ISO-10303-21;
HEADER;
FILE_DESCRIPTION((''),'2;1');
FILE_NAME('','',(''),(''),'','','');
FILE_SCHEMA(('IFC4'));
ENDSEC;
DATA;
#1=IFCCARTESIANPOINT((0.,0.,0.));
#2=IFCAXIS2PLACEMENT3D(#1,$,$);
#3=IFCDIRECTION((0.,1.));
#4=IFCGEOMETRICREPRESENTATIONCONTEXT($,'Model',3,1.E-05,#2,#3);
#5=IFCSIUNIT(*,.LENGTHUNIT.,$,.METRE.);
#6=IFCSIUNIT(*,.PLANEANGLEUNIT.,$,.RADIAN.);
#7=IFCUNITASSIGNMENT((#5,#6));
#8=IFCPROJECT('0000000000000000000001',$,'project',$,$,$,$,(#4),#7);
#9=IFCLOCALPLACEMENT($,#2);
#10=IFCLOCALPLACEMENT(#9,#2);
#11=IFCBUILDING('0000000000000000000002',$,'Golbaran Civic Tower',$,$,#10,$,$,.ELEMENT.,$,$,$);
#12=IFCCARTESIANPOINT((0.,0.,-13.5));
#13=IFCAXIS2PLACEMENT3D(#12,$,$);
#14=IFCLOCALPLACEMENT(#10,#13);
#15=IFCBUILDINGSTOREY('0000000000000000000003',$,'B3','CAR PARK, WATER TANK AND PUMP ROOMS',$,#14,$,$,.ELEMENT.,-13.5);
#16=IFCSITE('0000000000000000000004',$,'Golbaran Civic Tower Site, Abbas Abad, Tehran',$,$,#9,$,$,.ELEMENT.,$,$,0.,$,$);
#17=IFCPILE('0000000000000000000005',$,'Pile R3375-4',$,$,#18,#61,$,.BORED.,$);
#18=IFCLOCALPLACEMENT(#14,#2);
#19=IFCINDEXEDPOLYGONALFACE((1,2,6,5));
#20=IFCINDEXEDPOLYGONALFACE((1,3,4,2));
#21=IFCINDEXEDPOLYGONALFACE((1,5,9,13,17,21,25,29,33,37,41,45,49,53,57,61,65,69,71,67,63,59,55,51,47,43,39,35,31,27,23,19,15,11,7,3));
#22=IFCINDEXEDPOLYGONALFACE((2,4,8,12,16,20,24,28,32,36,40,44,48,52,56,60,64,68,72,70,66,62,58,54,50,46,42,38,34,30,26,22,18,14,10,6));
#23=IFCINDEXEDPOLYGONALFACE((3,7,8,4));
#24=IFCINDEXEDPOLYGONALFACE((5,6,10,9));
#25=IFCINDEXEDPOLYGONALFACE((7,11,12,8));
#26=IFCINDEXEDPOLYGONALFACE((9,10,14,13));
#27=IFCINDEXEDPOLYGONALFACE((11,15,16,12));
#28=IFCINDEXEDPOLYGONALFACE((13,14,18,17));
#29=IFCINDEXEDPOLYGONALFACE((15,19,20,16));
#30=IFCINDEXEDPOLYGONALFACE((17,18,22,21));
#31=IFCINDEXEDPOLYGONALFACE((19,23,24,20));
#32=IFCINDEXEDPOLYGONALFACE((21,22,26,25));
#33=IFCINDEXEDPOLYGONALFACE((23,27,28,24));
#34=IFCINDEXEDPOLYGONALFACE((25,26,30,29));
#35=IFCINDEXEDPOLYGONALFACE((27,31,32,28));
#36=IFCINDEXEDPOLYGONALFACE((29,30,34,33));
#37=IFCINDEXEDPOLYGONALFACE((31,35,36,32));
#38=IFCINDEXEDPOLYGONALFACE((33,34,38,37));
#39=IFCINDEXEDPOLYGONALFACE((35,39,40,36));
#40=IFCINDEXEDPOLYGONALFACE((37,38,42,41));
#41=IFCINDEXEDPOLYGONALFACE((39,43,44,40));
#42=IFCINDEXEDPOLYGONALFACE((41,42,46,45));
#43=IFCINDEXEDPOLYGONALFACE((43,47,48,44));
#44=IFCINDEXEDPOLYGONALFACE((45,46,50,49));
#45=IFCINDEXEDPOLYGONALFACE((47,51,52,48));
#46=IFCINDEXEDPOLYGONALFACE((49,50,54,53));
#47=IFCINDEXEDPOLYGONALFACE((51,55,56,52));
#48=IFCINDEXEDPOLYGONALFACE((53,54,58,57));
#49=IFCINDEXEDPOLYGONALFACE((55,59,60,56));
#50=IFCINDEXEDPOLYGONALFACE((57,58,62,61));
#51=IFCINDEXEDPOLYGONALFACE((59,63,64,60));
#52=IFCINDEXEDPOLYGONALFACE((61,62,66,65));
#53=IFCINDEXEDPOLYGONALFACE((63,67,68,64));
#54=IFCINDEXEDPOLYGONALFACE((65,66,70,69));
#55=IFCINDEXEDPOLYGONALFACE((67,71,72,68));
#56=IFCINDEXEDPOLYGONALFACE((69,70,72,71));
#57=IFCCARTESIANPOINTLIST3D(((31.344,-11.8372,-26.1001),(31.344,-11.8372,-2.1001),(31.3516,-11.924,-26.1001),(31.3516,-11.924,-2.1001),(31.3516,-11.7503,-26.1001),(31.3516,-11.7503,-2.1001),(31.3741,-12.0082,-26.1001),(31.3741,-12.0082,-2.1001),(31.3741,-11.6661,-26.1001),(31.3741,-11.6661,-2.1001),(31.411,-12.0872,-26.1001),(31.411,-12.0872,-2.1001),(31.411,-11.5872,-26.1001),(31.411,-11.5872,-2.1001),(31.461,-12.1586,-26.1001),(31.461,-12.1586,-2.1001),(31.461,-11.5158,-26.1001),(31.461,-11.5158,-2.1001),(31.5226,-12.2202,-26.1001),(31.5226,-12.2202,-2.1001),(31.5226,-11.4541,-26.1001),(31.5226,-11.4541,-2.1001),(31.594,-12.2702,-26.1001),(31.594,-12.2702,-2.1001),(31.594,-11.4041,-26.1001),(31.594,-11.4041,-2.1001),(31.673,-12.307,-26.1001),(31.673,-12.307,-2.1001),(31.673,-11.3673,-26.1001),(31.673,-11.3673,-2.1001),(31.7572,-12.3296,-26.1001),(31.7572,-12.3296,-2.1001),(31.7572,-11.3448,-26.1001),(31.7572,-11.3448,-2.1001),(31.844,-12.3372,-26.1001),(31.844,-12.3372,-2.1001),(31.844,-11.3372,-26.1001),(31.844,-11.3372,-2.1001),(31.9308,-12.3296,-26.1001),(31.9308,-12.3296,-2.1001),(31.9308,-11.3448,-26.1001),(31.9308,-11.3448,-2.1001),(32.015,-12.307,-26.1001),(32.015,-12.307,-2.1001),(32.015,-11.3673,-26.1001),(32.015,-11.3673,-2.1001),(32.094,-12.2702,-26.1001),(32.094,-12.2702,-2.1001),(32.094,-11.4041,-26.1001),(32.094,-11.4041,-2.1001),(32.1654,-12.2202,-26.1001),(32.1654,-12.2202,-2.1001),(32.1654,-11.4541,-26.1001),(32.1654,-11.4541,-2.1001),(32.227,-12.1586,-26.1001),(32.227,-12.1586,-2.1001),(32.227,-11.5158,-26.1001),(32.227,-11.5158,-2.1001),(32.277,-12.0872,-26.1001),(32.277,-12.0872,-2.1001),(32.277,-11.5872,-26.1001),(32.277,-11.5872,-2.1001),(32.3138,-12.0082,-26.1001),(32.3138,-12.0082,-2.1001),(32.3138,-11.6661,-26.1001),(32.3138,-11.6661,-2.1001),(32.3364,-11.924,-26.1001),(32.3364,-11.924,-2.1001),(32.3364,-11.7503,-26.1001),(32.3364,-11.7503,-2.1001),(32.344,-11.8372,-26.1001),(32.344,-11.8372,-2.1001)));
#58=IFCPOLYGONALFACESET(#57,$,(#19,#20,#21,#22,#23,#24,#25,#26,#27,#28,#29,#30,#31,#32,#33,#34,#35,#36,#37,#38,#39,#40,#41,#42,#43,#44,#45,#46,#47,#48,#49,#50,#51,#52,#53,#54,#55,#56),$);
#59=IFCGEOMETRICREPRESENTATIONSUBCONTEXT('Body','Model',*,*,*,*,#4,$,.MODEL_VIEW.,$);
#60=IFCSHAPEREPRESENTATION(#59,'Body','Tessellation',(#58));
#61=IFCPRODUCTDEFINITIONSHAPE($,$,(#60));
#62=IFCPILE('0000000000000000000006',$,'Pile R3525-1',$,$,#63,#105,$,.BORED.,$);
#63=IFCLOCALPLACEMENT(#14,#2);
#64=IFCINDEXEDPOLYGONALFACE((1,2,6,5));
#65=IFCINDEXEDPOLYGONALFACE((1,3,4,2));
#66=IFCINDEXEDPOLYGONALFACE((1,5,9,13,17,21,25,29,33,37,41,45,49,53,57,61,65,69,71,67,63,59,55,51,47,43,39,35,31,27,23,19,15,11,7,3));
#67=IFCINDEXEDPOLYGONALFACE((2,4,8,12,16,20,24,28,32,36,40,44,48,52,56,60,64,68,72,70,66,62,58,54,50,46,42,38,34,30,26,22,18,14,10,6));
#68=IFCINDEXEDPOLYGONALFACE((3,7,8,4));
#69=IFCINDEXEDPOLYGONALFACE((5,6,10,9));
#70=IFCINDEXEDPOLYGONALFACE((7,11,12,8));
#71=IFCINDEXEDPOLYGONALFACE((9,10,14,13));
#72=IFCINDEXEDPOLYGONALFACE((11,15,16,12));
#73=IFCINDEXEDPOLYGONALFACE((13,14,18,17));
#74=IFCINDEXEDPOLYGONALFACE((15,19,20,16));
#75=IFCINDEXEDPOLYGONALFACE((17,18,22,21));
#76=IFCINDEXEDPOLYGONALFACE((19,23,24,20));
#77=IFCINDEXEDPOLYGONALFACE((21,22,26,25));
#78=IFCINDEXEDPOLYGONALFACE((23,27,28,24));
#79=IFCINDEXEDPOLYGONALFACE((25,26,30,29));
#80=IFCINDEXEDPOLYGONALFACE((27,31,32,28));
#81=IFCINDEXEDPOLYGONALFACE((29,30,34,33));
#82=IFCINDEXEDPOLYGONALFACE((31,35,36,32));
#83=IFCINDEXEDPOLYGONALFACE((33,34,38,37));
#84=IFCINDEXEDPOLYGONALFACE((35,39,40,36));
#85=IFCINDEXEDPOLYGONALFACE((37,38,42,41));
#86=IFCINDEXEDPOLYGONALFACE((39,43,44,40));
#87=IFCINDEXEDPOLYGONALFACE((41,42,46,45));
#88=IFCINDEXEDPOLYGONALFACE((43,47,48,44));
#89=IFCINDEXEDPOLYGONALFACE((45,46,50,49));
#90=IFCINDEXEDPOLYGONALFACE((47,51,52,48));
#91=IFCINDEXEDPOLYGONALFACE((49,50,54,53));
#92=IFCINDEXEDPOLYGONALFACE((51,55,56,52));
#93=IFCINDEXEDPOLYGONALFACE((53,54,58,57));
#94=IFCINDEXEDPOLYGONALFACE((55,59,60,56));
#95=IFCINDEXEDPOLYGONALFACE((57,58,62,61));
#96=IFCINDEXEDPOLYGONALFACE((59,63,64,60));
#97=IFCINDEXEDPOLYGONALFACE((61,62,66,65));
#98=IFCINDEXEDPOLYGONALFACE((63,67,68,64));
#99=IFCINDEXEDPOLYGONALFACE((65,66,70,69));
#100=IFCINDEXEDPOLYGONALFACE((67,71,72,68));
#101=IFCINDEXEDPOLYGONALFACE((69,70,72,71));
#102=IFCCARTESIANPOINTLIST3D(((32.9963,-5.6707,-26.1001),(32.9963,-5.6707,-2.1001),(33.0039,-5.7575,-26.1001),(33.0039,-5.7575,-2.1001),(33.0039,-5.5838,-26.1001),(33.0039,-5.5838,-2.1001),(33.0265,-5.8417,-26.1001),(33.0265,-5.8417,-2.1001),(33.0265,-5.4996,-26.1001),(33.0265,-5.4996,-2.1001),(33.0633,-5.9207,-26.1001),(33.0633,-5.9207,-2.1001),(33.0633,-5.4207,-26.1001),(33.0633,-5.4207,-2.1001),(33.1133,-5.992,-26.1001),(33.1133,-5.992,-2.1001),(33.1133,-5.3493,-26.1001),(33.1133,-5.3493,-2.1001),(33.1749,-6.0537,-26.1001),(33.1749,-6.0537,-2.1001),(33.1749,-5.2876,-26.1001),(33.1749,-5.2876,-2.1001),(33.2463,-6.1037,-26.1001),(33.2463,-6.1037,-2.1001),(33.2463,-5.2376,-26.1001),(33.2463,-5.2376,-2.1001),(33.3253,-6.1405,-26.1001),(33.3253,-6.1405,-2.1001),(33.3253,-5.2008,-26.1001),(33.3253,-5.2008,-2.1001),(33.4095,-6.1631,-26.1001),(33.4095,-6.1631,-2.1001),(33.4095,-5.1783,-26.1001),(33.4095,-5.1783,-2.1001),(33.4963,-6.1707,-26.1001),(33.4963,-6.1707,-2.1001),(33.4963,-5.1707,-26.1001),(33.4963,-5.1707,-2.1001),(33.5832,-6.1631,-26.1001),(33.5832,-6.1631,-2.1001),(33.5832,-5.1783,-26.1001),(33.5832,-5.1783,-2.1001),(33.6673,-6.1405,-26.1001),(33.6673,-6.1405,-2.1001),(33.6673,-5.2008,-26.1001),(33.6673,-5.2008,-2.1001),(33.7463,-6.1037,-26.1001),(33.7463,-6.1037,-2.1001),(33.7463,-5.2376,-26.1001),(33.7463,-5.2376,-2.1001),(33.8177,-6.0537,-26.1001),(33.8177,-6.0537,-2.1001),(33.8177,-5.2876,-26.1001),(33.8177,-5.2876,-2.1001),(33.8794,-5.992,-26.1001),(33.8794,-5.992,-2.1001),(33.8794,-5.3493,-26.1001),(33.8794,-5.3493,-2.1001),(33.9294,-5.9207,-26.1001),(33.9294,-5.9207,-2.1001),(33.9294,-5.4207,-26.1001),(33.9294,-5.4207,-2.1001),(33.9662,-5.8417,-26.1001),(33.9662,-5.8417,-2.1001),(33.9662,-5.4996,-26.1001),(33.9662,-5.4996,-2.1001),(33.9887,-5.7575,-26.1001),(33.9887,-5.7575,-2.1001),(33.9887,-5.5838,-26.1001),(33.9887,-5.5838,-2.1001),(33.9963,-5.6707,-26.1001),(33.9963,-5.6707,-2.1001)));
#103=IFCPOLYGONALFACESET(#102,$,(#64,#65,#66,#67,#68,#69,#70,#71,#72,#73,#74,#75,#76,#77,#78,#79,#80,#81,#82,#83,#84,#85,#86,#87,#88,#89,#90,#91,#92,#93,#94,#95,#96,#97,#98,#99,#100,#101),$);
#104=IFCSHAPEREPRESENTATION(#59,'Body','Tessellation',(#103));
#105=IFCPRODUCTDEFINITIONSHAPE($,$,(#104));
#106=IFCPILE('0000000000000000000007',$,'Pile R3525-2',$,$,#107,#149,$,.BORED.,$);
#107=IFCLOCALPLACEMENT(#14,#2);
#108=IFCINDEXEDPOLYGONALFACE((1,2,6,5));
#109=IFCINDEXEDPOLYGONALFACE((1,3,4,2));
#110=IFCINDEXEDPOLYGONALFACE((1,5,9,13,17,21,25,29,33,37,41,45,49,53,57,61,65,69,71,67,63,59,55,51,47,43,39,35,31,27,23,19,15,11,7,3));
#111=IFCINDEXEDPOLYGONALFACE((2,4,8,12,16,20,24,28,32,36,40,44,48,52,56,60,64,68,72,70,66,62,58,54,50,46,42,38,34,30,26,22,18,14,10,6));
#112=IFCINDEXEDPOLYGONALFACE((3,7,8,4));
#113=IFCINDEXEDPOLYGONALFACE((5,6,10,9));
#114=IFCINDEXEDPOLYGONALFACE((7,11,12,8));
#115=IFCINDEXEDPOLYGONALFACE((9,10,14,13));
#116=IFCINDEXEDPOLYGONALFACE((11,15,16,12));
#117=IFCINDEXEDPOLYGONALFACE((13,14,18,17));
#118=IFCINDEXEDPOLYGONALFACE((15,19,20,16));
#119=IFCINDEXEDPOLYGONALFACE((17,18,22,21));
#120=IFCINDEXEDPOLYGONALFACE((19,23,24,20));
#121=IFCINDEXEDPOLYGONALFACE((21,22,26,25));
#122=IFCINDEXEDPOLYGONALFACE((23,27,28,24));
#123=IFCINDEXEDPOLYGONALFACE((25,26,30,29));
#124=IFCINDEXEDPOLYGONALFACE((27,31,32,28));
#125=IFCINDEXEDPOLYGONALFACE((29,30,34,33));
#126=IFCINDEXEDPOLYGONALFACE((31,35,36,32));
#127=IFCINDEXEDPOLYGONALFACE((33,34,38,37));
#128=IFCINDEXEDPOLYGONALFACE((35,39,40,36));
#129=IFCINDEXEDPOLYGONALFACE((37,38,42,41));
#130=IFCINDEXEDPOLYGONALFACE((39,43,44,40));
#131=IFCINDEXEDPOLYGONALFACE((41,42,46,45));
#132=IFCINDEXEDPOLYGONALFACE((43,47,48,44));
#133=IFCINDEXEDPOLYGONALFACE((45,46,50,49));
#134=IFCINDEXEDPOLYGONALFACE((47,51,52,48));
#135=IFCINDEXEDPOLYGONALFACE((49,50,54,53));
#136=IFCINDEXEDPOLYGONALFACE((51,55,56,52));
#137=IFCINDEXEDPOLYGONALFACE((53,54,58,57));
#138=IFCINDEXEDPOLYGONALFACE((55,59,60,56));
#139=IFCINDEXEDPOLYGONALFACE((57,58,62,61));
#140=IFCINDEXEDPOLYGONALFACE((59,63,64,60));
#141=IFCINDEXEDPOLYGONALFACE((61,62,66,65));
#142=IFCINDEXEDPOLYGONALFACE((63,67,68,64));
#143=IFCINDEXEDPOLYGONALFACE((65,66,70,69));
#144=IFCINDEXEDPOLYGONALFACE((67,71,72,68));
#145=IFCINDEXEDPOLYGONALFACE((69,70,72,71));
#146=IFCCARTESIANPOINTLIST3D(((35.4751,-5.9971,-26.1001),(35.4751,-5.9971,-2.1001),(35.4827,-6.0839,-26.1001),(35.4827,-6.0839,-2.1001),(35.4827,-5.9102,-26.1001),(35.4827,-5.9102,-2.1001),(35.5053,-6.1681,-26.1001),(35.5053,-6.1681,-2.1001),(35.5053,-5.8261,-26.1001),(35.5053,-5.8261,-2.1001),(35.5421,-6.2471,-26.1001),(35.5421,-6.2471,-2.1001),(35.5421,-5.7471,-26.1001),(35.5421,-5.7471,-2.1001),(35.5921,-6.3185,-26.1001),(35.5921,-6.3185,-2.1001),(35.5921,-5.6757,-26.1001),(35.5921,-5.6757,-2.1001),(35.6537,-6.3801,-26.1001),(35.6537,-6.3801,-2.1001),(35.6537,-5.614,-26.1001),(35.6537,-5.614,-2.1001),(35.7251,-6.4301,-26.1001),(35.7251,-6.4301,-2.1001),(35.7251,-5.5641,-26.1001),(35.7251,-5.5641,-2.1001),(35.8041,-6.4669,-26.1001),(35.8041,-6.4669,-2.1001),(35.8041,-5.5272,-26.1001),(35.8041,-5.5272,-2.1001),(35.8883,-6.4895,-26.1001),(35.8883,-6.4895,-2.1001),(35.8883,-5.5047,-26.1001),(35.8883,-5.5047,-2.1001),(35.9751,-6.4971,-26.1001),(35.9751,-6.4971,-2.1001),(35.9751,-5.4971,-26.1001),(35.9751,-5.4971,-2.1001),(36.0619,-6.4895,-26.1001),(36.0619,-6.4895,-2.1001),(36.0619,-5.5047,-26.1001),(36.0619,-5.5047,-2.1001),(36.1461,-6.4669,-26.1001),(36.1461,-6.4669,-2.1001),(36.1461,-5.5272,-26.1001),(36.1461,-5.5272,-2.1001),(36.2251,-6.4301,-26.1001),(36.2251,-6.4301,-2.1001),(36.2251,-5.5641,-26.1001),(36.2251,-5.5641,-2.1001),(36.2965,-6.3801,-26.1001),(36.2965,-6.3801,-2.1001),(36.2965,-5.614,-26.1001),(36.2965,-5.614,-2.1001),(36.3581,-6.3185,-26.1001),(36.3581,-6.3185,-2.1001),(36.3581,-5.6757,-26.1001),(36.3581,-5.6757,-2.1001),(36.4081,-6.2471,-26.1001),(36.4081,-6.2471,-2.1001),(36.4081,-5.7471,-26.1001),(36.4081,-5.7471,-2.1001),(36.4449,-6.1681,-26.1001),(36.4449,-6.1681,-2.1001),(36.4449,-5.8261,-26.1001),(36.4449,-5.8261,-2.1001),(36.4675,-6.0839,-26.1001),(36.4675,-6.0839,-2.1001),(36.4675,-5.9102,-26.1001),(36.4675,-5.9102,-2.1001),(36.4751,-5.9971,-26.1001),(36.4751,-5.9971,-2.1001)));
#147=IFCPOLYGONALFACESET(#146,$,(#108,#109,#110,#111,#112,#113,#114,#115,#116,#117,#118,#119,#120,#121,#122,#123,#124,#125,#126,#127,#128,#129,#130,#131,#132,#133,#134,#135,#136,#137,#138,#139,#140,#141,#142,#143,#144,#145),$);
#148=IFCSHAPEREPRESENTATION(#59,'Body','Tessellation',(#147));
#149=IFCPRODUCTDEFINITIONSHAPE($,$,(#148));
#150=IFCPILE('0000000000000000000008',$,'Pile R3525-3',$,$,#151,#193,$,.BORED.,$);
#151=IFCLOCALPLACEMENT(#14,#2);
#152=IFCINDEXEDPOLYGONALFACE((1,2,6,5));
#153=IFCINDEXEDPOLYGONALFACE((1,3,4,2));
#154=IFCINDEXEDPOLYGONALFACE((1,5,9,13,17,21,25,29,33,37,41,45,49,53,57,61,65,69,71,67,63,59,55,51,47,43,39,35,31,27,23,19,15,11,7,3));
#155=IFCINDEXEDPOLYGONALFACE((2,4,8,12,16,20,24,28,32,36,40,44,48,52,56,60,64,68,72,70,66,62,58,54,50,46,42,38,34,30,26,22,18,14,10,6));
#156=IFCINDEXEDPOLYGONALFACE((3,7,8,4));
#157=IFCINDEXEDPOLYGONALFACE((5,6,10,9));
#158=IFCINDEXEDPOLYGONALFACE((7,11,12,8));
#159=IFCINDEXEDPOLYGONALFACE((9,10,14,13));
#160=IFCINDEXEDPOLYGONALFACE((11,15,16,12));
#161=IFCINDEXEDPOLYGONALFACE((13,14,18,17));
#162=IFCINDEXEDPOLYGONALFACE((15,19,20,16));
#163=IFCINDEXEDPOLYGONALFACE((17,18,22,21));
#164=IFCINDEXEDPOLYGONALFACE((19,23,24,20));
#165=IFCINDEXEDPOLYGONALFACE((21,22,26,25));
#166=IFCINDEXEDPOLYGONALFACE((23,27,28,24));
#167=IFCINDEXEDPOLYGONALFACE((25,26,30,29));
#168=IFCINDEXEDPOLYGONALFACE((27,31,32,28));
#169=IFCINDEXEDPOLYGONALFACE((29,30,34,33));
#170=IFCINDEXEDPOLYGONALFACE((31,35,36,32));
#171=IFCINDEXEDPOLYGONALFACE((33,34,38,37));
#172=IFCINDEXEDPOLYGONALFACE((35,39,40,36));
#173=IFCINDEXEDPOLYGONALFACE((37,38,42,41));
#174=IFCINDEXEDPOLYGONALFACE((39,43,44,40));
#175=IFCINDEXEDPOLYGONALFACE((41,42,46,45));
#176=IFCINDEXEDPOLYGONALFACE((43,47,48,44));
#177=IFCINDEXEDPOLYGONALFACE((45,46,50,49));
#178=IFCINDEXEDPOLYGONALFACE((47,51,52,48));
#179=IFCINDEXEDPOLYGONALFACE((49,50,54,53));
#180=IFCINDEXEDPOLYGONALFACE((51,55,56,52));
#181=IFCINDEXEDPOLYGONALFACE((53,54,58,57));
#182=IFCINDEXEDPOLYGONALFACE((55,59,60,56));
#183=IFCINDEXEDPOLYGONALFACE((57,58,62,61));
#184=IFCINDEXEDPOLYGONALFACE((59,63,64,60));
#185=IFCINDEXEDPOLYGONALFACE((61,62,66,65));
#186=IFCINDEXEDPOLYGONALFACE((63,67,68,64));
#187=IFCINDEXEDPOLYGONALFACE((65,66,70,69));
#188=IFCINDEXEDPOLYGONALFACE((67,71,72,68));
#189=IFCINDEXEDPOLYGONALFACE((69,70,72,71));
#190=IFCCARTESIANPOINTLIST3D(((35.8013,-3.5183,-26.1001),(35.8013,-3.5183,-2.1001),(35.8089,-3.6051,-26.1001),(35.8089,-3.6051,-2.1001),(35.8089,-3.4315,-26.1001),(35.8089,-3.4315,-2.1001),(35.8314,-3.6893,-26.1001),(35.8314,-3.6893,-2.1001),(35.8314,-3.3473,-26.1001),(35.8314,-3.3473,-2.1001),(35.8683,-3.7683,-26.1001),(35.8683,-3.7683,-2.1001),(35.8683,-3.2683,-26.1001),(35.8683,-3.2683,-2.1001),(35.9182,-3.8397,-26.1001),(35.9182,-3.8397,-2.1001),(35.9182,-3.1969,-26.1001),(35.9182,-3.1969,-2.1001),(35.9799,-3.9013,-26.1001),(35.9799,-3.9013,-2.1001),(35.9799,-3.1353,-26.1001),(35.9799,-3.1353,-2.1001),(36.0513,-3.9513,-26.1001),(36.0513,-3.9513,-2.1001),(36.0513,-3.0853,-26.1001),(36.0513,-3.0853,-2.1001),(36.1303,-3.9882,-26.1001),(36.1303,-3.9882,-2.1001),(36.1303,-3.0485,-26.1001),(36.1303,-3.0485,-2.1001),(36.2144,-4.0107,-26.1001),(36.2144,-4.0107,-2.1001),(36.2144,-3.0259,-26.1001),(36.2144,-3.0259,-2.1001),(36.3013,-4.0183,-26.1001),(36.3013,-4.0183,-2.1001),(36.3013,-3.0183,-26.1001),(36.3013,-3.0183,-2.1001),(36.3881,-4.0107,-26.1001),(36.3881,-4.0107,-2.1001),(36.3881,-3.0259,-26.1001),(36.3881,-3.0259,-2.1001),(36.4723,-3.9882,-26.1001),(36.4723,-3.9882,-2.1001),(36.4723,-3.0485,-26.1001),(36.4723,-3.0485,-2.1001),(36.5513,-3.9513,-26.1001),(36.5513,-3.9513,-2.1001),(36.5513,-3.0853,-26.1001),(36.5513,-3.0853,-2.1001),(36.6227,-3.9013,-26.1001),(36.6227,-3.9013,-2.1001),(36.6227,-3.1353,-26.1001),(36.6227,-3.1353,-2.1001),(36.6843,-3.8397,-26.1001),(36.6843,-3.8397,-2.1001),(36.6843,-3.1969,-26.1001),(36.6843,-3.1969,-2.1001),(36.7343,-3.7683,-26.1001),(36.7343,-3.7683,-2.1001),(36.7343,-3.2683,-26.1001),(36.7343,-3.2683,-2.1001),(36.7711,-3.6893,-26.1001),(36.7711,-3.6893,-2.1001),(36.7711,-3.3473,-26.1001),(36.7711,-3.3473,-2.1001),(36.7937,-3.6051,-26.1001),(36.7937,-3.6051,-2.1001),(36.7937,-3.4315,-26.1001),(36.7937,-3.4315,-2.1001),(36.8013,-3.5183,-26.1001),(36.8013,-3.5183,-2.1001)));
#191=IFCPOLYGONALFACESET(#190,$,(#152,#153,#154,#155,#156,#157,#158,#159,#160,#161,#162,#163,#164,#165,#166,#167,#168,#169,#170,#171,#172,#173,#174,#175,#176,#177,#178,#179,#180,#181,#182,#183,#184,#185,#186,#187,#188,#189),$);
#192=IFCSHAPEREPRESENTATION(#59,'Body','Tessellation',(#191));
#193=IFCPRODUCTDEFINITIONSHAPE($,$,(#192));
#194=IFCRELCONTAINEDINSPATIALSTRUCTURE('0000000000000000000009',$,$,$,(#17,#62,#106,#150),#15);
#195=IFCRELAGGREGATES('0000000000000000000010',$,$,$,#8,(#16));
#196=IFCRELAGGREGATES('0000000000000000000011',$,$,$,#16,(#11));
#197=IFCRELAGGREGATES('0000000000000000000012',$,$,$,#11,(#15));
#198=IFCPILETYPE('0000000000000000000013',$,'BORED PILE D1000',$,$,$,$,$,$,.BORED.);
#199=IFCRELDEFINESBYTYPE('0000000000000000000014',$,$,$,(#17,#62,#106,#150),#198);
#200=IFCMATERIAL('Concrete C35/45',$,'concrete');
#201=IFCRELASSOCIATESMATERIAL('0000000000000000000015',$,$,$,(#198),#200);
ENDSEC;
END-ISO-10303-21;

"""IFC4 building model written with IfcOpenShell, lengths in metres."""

from ifc_helpers import new_model, si_unit, direction, frame, origin, origin_2d, place, context, subcontext, project, spatial, circle, extrude, material, material_profile, profile_set, type_object, element, save


model = new_model("IFC4")

# Units and contexts
model_context = context("Model", 3, precision=1e-05, world=origin(), true_north=direction((0.0, 1.0)))
body_context = subcontext(model_context, "Body", "Model", "MODEL_VIEW")
ifc_project = project(units=[si_unit("LENGTHUNIT", "METRE"), si_unit("PLANEANGLEUNIT", "RADIAN")], contexts=[model_context])

# Site, building, storey
site_placement = place(None, origin())
site = spatial("IfcSite", under=ifc_project, at=site_placement, Name="Golbaran Civic Tower Site, Abbas Abad, Tehran", CompositionType="ELEMENT", RefElevation=0.0)
building_placement = place(site_placement, origin())
building = spatial("IfcBuilding", under=site, at=building_placement, Name="Golbaran Civic Tower", CompositionType="ELEMENT")
storey_placement = place(building_placement, frame((0.0, 0.0, -13.5)))
storey = spatial("IfcBuildingStorey", under=building, at=storey_placement, Name="B3", Description="CAR PARK, WATER TANK AND PUMP ROOMS", CompositionType="ELEMENT", Elevation=-13.5)

# Piles
ifc_material_1 = material(Name="Concrete C35/45", Category="concrete")
ifc_material_profile_1 = material_profile(ifc_material_1, circle(Radius=0.5, at=origin_2d()), Name="BORED PILE D1000")
ifc_profile_set_1 = profile_set([ifc_material_profile_1], Name="Concrete C35/45")
pile_type_1 = type_object("IfcPileType", Name="BORED PILE D1000", PredefinedType="BORED", material=ifc_profile_set_1)
for number, where, z_axis, x_axis, name in (
    (1, (31.844, -11.8372, -2.1001), (0.0, 0.0, -1.0), (1.0, 0.0, 0.0), "Pile R3375-4"),
    (2, (33.4963, -5.6707, -2.1001), (0.0, 0.0, -1.0), (1.0, 0.0, 0.0), "Pile R3525-1"),
    (3, (35.9751, -5.9971, -2.1001), (0.0, 0.0, -1.0), (1.0, 0.0, 0.0), "Pile R3525-2"),
    (4, (36.3013, -3.5183, -2.1001), (0.0, 0.0, -1.0), (1.0, 0.0, 0.0), "Pile R3525-3"),
):
    element("IfcPile", number, at=place(storey_placement, frame(where, z_axis=z_axis, x_axis=x_axis)), inside=storey, type_object=pile_type_1, Name=name, PredefinedType="BORED", context=body_context, shape_type="SweptSolid", body=[
        extrude(circle(Radius=0.5, at=origin_2d()), origin(), (0.0, 0.0, 1.0), 24.0),
    ])

save(model, "model.ifc")
